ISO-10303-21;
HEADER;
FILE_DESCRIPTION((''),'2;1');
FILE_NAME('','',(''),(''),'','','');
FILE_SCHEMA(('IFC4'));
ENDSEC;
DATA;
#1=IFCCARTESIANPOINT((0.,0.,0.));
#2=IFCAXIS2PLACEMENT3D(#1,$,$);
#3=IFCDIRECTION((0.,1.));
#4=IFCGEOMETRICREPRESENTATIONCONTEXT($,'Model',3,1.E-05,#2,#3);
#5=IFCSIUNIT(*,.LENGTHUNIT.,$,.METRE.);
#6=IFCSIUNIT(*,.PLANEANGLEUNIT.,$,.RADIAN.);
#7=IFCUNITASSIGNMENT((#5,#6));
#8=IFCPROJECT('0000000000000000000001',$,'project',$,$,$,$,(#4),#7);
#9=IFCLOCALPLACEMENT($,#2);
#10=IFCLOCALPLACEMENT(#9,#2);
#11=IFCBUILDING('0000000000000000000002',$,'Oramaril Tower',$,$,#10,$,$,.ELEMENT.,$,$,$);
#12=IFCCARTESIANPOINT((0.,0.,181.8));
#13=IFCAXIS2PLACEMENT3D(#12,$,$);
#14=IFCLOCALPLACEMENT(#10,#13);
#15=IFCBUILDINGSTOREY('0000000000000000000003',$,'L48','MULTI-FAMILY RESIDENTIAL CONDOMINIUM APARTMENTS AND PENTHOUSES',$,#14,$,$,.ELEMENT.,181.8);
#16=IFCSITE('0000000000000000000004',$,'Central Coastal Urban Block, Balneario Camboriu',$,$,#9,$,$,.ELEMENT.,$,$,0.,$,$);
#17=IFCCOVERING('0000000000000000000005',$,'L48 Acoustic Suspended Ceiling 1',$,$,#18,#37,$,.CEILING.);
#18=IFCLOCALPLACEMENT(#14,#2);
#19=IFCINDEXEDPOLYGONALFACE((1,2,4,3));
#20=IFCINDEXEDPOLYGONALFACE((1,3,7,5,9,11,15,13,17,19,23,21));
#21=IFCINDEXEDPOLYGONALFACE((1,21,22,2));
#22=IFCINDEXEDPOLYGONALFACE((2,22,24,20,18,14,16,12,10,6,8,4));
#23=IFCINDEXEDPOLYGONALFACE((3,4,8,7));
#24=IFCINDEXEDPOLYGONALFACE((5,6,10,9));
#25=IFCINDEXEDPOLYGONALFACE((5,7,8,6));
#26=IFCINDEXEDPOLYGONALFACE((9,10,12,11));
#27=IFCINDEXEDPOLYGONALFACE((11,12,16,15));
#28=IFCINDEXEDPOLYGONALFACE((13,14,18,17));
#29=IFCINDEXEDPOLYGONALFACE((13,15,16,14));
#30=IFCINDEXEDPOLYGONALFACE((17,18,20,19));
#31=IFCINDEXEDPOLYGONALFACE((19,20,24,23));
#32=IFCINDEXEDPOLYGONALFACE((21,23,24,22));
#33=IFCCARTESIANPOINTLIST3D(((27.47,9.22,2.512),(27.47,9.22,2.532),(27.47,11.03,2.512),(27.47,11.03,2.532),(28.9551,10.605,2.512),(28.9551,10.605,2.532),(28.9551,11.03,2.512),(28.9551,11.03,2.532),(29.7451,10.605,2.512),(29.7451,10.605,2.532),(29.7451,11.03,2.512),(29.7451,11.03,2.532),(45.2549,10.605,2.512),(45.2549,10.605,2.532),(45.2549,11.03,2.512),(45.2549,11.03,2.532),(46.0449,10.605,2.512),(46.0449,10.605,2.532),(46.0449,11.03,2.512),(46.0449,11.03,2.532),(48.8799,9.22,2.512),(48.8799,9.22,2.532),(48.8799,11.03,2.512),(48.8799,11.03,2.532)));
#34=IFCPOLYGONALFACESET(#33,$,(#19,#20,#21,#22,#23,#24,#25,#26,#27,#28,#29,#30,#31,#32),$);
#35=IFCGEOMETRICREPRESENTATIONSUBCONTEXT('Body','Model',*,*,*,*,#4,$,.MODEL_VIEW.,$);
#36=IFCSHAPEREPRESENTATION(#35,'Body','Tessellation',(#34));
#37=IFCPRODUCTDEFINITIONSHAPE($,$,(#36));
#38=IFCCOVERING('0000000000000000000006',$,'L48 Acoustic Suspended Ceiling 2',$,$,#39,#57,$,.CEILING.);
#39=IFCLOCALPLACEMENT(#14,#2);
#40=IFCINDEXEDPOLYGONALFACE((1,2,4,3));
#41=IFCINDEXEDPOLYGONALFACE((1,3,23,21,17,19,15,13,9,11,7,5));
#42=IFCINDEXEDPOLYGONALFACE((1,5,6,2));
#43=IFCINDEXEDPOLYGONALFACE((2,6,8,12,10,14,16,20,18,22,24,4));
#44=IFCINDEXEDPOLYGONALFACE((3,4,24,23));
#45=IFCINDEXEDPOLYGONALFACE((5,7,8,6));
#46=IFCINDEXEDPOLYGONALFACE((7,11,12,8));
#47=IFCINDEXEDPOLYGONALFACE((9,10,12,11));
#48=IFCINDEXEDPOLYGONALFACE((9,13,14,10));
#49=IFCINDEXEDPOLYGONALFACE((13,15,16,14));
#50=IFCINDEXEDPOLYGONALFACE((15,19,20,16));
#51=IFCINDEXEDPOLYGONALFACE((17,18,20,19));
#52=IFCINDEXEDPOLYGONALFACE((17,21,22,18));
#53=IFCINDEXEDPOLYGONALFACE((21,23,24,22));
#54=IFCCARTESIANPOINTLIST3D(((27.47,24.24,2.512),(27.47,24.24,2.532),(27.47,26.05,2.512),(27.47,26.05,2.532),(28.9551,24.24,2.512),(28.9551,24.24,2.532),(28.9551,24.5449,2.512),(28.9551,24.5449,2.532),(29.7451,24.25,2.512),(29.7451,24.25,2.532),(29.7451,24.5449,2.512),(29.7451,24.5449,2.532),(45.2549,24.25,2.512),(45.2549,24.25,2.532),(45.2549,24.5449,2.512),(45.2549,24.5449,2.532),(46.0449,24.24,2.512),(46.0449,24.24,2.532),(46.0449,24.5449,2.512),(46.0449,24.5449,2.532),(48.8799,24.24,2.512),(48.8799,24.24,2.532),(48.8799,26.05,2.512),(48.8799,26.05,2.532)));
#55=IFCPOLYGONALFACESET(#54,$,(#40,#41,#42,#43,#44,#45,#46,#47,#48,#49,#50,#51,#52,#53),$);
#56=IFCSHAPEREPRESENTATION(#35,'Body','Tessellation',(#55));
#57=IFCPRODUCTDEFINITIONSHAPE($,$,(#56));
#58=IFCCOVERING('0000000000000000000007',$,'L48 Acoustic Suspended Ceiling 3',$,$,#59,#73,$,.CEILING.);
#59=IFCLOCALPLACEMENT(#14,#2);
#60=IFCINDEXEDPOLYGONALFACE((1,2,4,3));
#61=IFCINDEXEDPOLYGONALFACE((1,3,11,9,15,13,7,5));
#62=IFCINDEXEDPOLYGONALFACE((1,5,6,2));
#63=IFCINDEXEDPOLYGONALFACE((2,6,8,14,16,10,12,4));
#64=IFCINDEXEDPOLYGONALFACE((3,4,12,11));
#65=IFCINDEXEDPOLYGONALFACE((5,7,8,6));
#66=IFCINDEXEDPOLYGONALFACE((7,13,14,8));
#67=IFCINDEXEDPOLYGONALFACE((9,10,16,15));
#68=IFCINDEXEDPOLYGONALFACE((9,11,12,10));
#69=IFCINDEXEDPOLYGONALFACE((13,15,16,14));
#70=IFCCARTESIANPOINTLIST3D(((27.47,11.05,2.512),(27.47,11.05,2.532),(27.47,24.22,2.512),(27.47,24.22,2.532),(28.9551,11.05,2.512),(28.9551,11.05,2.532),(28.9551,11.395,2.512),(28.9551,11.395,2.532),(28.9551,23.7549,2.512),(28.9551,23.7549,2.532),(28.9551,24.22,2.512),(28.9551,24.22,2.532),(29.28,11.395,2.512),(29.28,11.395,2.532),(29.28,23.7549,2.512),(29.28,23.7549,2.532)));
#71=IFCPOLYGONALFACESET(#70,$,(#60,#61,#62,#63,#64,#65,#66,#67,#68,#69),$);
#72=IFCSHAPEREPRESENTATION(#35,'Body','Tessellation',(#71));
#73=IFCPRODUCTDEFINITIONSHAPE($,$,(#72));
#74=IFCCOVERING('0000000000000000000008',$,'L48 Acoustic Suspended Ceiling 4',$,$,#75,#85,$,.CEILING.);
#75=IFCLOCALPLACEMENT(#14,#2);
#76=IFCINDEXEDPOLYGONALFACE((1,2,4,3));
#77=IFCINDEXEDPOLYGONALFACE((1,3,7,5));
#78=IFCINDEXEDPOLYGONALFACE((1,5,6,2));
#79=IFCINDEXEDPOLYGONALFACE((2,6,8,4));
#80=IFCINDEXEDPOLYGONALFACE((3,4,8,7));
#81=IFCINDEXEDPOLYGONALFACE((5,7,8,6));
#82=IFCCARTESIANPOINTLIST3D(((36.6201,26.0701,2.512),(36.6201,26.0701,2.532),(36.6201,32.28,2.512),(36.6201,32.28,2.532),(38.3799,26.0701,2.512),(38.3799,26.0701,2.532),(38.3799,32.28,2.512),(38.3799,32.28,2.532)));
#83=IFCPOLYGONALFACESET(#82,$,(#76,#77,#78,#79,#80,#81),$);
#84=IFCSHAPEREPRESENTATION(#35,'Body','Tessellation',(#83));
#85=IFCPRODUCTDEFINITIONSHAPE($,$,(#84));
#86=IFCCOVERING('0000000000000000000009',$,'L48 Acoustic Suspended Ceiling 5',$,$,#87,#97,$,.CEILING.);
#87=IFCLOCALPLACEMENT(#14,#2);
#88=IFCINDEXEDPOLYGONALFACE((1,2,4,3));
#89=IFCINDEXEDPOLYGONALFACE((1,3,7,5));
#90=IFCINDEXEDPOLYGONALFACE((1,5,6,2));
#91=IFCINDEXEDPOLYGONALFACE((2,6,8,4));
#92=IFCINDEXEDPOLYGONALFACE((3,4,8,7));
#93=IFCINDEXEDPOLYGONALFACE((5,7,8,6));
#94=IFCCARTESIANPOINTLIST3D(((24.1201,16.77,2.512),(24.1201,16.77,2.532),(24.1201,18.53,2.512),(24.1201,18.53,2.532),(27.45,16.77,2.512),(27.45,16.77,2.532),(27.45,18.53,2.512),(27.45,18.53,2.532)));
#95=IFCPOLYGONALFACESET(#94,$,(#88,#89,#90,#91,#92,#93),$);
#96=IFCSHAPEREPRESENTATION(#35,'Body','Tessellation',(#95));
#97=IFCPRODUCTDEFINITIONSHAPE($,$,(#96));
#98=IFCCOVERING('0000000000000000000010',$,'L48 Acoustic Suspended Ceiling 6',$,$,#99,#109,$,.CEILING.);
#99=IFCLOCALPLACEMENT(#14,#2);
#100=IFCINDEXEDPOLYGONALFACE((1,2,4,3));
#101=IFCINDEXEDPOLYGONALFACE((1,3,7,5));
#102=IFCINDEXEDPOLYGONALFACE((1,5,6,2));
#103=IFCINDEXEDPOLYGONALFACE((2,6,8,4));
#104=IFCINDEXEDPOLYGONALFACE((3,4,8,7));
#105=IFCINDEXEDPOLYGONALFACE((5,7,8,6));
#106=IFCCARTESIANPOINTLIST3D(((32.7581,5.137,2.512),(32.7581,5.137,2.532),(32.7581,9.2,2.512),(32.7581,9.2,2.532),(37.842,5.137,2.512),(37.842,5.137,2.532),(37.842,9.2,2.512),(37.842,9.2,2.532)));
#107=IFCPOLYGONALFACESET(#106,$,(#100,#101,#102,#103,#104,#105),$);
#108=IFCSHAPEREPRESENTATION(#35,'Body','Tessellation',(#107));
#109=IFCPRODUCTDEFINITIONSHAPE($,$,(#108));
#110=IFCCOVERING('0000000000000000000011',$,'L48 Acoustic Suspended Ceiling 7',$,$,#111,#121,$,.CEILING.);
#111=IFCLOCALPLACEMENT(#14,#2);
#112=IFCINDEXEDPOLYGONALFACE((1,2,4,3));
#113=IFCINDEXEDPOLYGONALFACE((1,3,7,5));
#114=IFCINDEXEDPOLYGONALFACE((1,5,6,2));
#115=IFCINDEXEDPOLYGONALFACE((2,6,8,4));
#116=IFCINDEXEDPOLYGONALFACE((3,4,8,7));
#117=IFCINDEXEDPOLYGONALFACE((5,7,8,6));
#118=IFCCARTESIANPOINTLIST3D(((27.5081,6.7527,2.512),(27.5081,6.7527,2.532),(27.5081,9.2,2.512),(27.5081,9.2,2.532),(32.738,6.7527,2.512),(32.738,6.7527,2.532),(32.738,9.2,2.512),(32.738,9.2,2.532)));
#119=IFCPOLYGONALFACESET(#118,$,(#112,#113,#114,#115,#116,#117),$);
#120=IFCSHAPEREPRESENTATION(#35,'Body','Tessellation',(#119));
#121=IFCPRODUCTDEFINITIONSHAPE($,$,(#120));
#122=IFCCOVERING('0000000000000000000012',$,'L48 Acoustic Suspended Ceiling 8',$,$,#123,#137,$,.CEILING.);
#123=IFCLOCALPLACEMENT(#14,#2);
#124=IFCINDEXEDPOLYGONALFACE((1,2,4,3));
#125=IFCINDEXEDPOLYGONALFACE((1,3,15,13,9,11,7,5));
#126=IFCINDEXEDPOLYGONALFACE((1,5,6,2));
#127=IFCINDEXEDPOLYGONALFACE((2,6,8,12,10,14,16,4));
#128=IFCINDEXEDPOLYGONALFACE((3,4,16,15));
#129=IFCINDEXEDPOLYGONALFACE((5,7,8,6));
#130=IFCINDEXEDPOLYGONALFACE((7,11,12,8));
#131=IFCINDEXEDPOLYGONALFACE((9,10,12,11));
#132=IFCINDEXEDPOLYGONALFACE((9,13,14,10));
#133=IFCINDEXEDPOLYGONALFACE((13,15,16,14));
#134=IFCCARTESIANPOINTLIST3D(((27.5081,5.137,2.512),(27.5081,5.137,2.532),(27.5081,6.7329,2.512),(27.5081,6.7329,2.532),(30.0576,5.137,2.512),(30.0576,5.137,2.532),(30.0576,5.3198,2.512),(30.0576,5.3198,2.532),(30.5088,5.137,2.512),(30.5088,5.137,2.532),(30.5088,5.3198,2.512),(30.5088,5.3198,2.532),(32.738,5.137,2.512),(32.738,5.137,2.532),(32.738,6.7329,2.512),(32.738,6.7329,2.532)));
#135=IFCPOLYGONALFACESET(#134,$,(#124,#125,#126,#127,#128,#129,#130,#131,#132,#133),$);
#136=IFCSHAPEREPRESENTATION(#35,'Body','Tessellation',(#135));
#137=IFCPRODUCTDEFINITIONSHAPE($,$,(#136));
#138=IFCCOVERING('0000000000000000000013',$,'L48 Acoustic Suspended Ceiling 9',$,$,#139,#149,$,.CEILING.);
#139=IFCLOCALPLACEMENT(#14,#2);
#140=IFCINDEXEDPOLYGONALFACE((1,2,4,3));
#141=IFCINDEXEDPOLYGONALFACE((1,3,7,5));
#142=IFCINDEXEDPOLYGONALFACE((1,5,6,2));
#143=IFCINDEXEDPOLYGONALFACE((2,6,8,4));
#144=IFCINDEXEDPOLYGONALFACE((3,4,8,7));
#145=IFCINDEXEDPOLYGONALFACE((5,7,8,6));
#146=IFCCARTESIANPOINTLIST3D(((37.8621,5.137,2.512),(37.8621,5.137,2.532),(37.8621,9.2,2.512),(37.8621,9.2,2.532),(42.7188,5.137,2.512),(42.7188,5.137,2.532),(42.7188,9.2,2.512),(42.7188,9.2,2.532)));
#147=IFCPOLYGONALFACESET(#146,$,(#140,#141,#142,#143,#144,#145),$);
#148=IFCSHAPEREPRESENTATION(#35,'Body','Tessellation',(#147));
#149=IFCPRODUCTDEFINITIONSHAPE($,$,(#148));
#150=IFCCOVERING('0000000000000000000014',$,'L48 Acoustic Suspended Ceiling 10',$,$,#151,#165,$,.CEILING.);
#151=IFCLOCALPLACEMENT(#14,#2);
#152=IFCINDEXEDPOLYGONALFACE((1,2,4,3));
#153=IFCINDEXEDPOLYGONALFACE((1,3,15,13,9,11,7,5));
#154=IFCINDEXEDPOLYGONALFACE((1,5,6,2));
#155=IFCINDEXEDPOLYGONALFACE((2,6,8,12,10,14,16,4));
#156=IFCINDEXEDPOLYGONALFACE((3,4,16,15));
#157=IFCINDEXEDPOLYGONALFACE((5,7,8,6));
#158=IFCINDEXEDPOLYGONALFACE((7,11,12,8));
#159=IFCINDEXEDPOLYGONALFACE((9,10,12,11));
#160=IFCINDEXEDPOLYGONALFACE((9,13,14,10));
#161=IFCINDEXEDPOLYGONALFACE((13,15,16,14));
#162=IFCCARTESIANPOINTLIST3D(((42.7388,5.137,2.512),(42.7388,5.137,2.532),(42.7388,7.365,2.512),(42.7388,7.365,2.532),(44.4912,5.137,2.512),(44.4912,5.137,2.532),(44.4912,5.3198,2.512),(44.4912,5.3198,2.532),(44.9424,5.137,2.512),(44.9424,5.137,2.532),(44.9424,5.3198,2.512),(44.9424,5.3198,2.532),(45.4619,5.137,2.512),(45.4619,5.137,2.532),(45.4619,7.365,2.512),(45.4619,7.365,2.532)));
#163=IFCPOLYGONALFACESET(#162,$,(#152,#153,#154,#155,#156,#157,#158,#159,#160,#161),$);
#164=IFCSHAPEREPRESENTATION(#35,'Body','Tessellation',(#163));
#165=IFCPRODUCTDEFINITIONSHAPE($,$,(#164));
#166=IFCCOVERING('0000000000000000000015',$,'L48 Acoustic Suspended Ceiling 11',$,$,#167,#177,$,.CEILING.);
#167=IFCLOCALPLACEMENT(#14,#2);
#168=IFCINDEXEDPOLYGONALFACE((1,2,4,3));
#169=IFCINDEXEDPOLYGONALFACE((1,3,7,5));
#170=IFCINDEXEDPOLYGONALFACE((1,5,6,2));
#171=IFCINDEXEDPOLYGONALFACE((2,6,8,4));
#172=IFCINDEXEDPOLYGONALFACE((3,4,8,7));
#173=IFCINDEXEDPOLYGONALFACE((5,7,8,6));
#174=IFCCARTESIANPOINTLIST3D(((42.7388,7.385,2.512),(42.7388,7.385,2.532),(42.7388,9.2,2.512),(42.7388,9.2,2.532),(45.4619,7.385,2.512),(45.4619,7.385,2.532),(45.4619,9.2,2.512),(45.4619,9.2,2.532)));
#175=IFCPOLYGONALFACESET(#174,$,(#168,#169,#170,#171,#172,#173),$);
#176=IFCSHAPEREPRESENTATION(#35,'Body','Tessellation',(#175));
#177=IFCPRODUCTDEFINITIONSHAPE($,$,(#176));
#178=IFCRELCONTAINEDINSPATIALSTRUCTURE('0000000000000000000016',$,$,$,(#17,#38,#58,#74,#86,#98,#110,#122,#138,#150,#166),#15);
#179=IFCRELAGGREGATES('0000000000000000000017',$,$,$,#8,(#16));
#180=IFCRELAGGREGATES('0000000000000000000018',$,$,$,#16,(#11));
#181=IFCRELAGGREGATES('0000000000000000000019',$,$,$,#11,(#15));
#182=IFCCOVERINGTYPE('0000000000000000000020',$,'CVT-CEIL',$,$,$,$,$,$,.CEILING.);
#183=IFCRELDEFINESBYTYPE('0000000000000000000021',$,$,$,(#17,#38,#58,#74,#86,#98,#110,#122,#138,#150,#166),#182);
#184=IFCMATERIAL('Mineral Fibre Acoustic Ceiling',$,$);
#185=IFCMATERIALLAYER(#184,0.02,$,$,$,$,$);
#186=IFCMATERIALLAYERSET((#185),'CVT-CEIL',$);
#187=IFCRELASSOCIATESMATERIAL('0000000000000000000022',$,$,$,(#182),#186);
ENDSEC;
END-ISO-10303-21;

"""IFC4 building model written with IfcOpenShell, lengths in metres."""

from ifc_helpers import new_model, si_unit, direction, frame, origin, place, context, subcontext, project, spatial, polyline, outline, extrude, material, layer, layer_set, type_object, element, save


model = new_model("IFC4")

# Units and contexts
model_context = context("Model", 3, precision=1e-05, world=origin(), true_north=direction((0.0, 1.0)))
body_context = subcontext(model_context, "Body", "Model", "MODEL_VIEW")
ifc_project = project(units=[si_unit("LENGTHUNIT", "METRE"), si_unit("PLANEANGLEUNIT", "RADIAN")], contexts=[model_context])

# Site, building, storey
site_placement = place(None, origin())
site = spatial("IfcSite", under=ifc_project, at=site_placement, Name="Central Coastal Urban Block, Balneario Camboriu", CompositionType="ELEMENT", RefElevation=0.0)
building_placement = place(site_placement, origin())
building = spatial("IfcBuilding", under=site, at=building_placement, Name="Oramaril Tower", CompositionType="ELEMENT")
storey_placement = place(building_placement, frame((0.0, 0.0, 181.8)))
storey = spatial("IfcBuildingStorey", under=building, at=storey_placement, Name="L48", Description="MULTI-FAMILY RESIDENTIAL CONDOMINIUM APARTMENTS AND PENTHOUSES", CompositionType="ELEMENT", Elevation=181.8)

# Coverings
ifc_material_1 = material(Name="Mineral Fibre Acoustic Ceiling")
ifc_layer_1 = layer(ifc_material_1, 0.02)
ifc_layer_set_1 = layer_set([ifc_layer_1], Name="CVT-CEIL")
covering_type_1 = type_object("IfcCoveringType", Name="CVT-CEIL", PredefinedType="CEILING", material=ifc_layer_set_1)
covering_1_placement = place(storey_placement, frame((0.0, 0.0, 2.512)))
element("IfcCovering", 1, at=covering_1_placement, inside=storey, type_object=covering_type_1, Name="L48 Acoustic Suspended Ceiling 1", PredefinedType="CEILING", context=body_context, shape_type="SweptSolid", body=[
    extrude(outline(polyline([(28.9551, 10.605), (29.7451, 10.605), (29.7451, 11.03), (45.2549, 11.03), (45.2549, 10.605), (46.0449, 10.605), (46.0449, 11.03), (48.8799, 11.03), (48.8799, 9.22), (27.47, 9.22), (27.47, 11.03), (28.9551, 11.03), (28.9551, 10.605)])), origin(), (0.0, 0.0, 1.0), 0.02),
])
covering_2_placement = place(storey_placement, frame((0.0, 0.0, 2.512)))
element("IfcCovering", 2, at=covering_2_placement, inside=storey, type_object=covering_type_1, Name="L48 Acoustic Suspended Ceiling 2", PredefinedType="CEILING", context=body_context, shape_type="SweptSolid", body=[
    extrude(outline(polyline([(48.8799, 24.24), (46.0449, 24.24), (46.0449, 24.5449), (45.2549, 24.5449), (45.2549, 24.25), (29.7451, 24.25), (29.7451, 24.5449), (28.9551, 24.5449), (28.9551, 24.24), (27.47, 24.24), (27.47, 26.05), (48.8799, 26.05), (48.8799, 24.24)])), origin(), (0.0, 0.0, 1.0), 0.02),
])
covering_3_placement = place(storey_placement, frame((0.0, 0.0, 2.512)))
element("IfcCovering", 3, at=covering_3_placement, inside=storey, type_object=covering_type_1, Name="L48 Acoustic Suspended Ceiling 3", PredefinedType="CEILING", context=body_context, shape_type="SweptSolid", body=[
    extrude(outline(polyline([(28.9551, 23.7549), (29.28, 23.7549), (29.28, 11.395), (28.9551, 11.395), (28.9551, 11.05), (27.47, 11.05), (27.47, 24.22), (28.9551, 24.22), (28.9551, 23.7549)])), origin(), (0.0, 0.0, 1.0), 0.02),
])
covering_4_placement = place(storey_placement, frame((0.0, 0.0, 2.512)))
element("IfcCovering", 4, at=covering_4_placement, inside=storey, type_object=covering_type_1, Name="L48 Acoustic Suspended Ceiling 4", PredefinedType="CEILING", context=body_context, shape_type="SweptSolid", body=[
    extrude(outline(polyline([(38.3799, 26.0701), (36.6201, 26.0701), (36.6201, 32.28), (38.3799, 32.28), (38.3799, 26.0701)])), origin(), (0.0, 0.0, 1.0), 0.02),
])
covering_5_placement = place(storey_placement, frame((0.0, 0.0, 2.512)))
element("IfcCovering", 5, at=covering_5_placement, inside=storey, type_object=covering_type_1, Name="L48 Acoustic Suspended Ceiling 5", PredefinedType="CEILING", context=body_context, shape_type="SweptSolid", body=[
    extrude(outline(polyline([(24.1201, 16.77), (24.1201, 18.53), (27.45, 18.53), (27.45, 16.77), (24.1201, 16.77)])), origin(), (0.0, 0.0, 1.0), 0.02),
])
covering_6_placement = place(storey_placement, frame((0.0, 0.0, 2.512)))
element("IfcCovering", 6, at=covering_6_placement, inside=storey, type_object=covering_type_1, Name="L48 Acoustic Suspended Ceiling 6", PredefinedType="CEILING", context=body_context, shape_type="SweptSolid", body=[
    extrude(outline(polyline([(37.842, 5.137), (32.7581, 5.137), (32.7581, 9.2), (37.842, 9.2), (37.842, 5.137)])), origin(), (0.0, 0.0, 1.0), 0.02),
])
covering_7_placement = place(storey_placement, frame((0.0, 0.0, 2.512)))
element("IfcCovering", 7, at=covering_7_placement, inside=storey, type_object=covering_type_1, Name="L48 Acoustic Suspended Ceiling 7", PredefinedType="CEILING", context=body_context, shape_type="SweptSolid", body=[
    extrude(outline(polyline([(27.5081, 6.7527), (27.5081, 9.2), (32.738, 9.2), (32.738, 6.7527), (27.5081, 6.7527)])), origin(), (0.0, 0.0, 1.0), 0.02),
])
covering_8_placement = place(storey_placement, frame((0.0, 0.0, 2.512)))
element("IfcCovering", 8, at=covering_8_placement, inside=storey, type_object=covering_type_1, Name="L48 Acoustic Suspended Ceiling 8", PredefinedType="CEILING", context=body_context, shape_type="SweptSolid", body=[
    extrude(outline(polyline([(30.5088, 5.137), (30.5088, 5.3198), (30.0576, 5.3198), (30.0576, 5.137), (27.5081, 5.137), (27.5081, 6.7329), (32.738, 6.7329), (32.738, 5.137), (30.5088, 5.137)])), origin(), (0.0, 0.0, 1.0), 0.02),
])
covering_9_placement = place(storey_placement, frame((0.0, 0.0, 2.512)))
element("IfcCovering", 9, at=covering_9_placement, inside=storey, type_object=covering_type_1, Name="L48 Acoustic Suspended Ceiling 9", PredefinedType="CEILING", context=body_context, shape_type="SweptSolid", body=[
    extrude(outline(polyline([(42.7188, 5.137), (37.8621, 5.137), (37.8621, 9.2), (42.7188, 9.2), (42.7188, 5.137)])), origin(), (0.0, 0.0, 1.0), 0.02),
])
covering_10_placement = place(storey_placement, frame((0.0, 0.0, 2.512)))
element("IfcCovering", 10, at=covering_10_placement, inside=storey, type_object=covering_type_1, Name="L48 Acoustic Suspended Ceiling 10", PredefinedType="CEILING", context=body_context, shape_type="SweptSolid", body=[
    extrude(outline(polyline([(44.9424, 5.3198), (44.4912, 5.3198), (44.4912, 5.137), (42.7388, 5.137), (42.7388, 7.365), (45.4619, 7.365), (45.4619, 5.137), (44.9424, 5.137), (44.9424, 5.3198)])), origin(), (0.0, 0.0, 1.0), 0.02),
])
covering_11_placement = place(storey_placement, frame((0.0, 0.0, 2.512)))
element("IfcCovering", 11, at=covering_11_placement, inside=storey, type_object=covering_type_1, Name="L48 Acoustic Suspended Ceiling 11", PredefinedType="CEILING", context=body_context, shape_type="SweptSolid", body=[
    extrude(outline(polyline([(45.4619, 7.385), (42.7388, 7.385), (42.7388, 9.2), (45.4619, 9.2), (45.4619, 7.385)])), origin(), (0.0, 0.0, 1.0), 0.02),
])

save(model, "model.ifc")
